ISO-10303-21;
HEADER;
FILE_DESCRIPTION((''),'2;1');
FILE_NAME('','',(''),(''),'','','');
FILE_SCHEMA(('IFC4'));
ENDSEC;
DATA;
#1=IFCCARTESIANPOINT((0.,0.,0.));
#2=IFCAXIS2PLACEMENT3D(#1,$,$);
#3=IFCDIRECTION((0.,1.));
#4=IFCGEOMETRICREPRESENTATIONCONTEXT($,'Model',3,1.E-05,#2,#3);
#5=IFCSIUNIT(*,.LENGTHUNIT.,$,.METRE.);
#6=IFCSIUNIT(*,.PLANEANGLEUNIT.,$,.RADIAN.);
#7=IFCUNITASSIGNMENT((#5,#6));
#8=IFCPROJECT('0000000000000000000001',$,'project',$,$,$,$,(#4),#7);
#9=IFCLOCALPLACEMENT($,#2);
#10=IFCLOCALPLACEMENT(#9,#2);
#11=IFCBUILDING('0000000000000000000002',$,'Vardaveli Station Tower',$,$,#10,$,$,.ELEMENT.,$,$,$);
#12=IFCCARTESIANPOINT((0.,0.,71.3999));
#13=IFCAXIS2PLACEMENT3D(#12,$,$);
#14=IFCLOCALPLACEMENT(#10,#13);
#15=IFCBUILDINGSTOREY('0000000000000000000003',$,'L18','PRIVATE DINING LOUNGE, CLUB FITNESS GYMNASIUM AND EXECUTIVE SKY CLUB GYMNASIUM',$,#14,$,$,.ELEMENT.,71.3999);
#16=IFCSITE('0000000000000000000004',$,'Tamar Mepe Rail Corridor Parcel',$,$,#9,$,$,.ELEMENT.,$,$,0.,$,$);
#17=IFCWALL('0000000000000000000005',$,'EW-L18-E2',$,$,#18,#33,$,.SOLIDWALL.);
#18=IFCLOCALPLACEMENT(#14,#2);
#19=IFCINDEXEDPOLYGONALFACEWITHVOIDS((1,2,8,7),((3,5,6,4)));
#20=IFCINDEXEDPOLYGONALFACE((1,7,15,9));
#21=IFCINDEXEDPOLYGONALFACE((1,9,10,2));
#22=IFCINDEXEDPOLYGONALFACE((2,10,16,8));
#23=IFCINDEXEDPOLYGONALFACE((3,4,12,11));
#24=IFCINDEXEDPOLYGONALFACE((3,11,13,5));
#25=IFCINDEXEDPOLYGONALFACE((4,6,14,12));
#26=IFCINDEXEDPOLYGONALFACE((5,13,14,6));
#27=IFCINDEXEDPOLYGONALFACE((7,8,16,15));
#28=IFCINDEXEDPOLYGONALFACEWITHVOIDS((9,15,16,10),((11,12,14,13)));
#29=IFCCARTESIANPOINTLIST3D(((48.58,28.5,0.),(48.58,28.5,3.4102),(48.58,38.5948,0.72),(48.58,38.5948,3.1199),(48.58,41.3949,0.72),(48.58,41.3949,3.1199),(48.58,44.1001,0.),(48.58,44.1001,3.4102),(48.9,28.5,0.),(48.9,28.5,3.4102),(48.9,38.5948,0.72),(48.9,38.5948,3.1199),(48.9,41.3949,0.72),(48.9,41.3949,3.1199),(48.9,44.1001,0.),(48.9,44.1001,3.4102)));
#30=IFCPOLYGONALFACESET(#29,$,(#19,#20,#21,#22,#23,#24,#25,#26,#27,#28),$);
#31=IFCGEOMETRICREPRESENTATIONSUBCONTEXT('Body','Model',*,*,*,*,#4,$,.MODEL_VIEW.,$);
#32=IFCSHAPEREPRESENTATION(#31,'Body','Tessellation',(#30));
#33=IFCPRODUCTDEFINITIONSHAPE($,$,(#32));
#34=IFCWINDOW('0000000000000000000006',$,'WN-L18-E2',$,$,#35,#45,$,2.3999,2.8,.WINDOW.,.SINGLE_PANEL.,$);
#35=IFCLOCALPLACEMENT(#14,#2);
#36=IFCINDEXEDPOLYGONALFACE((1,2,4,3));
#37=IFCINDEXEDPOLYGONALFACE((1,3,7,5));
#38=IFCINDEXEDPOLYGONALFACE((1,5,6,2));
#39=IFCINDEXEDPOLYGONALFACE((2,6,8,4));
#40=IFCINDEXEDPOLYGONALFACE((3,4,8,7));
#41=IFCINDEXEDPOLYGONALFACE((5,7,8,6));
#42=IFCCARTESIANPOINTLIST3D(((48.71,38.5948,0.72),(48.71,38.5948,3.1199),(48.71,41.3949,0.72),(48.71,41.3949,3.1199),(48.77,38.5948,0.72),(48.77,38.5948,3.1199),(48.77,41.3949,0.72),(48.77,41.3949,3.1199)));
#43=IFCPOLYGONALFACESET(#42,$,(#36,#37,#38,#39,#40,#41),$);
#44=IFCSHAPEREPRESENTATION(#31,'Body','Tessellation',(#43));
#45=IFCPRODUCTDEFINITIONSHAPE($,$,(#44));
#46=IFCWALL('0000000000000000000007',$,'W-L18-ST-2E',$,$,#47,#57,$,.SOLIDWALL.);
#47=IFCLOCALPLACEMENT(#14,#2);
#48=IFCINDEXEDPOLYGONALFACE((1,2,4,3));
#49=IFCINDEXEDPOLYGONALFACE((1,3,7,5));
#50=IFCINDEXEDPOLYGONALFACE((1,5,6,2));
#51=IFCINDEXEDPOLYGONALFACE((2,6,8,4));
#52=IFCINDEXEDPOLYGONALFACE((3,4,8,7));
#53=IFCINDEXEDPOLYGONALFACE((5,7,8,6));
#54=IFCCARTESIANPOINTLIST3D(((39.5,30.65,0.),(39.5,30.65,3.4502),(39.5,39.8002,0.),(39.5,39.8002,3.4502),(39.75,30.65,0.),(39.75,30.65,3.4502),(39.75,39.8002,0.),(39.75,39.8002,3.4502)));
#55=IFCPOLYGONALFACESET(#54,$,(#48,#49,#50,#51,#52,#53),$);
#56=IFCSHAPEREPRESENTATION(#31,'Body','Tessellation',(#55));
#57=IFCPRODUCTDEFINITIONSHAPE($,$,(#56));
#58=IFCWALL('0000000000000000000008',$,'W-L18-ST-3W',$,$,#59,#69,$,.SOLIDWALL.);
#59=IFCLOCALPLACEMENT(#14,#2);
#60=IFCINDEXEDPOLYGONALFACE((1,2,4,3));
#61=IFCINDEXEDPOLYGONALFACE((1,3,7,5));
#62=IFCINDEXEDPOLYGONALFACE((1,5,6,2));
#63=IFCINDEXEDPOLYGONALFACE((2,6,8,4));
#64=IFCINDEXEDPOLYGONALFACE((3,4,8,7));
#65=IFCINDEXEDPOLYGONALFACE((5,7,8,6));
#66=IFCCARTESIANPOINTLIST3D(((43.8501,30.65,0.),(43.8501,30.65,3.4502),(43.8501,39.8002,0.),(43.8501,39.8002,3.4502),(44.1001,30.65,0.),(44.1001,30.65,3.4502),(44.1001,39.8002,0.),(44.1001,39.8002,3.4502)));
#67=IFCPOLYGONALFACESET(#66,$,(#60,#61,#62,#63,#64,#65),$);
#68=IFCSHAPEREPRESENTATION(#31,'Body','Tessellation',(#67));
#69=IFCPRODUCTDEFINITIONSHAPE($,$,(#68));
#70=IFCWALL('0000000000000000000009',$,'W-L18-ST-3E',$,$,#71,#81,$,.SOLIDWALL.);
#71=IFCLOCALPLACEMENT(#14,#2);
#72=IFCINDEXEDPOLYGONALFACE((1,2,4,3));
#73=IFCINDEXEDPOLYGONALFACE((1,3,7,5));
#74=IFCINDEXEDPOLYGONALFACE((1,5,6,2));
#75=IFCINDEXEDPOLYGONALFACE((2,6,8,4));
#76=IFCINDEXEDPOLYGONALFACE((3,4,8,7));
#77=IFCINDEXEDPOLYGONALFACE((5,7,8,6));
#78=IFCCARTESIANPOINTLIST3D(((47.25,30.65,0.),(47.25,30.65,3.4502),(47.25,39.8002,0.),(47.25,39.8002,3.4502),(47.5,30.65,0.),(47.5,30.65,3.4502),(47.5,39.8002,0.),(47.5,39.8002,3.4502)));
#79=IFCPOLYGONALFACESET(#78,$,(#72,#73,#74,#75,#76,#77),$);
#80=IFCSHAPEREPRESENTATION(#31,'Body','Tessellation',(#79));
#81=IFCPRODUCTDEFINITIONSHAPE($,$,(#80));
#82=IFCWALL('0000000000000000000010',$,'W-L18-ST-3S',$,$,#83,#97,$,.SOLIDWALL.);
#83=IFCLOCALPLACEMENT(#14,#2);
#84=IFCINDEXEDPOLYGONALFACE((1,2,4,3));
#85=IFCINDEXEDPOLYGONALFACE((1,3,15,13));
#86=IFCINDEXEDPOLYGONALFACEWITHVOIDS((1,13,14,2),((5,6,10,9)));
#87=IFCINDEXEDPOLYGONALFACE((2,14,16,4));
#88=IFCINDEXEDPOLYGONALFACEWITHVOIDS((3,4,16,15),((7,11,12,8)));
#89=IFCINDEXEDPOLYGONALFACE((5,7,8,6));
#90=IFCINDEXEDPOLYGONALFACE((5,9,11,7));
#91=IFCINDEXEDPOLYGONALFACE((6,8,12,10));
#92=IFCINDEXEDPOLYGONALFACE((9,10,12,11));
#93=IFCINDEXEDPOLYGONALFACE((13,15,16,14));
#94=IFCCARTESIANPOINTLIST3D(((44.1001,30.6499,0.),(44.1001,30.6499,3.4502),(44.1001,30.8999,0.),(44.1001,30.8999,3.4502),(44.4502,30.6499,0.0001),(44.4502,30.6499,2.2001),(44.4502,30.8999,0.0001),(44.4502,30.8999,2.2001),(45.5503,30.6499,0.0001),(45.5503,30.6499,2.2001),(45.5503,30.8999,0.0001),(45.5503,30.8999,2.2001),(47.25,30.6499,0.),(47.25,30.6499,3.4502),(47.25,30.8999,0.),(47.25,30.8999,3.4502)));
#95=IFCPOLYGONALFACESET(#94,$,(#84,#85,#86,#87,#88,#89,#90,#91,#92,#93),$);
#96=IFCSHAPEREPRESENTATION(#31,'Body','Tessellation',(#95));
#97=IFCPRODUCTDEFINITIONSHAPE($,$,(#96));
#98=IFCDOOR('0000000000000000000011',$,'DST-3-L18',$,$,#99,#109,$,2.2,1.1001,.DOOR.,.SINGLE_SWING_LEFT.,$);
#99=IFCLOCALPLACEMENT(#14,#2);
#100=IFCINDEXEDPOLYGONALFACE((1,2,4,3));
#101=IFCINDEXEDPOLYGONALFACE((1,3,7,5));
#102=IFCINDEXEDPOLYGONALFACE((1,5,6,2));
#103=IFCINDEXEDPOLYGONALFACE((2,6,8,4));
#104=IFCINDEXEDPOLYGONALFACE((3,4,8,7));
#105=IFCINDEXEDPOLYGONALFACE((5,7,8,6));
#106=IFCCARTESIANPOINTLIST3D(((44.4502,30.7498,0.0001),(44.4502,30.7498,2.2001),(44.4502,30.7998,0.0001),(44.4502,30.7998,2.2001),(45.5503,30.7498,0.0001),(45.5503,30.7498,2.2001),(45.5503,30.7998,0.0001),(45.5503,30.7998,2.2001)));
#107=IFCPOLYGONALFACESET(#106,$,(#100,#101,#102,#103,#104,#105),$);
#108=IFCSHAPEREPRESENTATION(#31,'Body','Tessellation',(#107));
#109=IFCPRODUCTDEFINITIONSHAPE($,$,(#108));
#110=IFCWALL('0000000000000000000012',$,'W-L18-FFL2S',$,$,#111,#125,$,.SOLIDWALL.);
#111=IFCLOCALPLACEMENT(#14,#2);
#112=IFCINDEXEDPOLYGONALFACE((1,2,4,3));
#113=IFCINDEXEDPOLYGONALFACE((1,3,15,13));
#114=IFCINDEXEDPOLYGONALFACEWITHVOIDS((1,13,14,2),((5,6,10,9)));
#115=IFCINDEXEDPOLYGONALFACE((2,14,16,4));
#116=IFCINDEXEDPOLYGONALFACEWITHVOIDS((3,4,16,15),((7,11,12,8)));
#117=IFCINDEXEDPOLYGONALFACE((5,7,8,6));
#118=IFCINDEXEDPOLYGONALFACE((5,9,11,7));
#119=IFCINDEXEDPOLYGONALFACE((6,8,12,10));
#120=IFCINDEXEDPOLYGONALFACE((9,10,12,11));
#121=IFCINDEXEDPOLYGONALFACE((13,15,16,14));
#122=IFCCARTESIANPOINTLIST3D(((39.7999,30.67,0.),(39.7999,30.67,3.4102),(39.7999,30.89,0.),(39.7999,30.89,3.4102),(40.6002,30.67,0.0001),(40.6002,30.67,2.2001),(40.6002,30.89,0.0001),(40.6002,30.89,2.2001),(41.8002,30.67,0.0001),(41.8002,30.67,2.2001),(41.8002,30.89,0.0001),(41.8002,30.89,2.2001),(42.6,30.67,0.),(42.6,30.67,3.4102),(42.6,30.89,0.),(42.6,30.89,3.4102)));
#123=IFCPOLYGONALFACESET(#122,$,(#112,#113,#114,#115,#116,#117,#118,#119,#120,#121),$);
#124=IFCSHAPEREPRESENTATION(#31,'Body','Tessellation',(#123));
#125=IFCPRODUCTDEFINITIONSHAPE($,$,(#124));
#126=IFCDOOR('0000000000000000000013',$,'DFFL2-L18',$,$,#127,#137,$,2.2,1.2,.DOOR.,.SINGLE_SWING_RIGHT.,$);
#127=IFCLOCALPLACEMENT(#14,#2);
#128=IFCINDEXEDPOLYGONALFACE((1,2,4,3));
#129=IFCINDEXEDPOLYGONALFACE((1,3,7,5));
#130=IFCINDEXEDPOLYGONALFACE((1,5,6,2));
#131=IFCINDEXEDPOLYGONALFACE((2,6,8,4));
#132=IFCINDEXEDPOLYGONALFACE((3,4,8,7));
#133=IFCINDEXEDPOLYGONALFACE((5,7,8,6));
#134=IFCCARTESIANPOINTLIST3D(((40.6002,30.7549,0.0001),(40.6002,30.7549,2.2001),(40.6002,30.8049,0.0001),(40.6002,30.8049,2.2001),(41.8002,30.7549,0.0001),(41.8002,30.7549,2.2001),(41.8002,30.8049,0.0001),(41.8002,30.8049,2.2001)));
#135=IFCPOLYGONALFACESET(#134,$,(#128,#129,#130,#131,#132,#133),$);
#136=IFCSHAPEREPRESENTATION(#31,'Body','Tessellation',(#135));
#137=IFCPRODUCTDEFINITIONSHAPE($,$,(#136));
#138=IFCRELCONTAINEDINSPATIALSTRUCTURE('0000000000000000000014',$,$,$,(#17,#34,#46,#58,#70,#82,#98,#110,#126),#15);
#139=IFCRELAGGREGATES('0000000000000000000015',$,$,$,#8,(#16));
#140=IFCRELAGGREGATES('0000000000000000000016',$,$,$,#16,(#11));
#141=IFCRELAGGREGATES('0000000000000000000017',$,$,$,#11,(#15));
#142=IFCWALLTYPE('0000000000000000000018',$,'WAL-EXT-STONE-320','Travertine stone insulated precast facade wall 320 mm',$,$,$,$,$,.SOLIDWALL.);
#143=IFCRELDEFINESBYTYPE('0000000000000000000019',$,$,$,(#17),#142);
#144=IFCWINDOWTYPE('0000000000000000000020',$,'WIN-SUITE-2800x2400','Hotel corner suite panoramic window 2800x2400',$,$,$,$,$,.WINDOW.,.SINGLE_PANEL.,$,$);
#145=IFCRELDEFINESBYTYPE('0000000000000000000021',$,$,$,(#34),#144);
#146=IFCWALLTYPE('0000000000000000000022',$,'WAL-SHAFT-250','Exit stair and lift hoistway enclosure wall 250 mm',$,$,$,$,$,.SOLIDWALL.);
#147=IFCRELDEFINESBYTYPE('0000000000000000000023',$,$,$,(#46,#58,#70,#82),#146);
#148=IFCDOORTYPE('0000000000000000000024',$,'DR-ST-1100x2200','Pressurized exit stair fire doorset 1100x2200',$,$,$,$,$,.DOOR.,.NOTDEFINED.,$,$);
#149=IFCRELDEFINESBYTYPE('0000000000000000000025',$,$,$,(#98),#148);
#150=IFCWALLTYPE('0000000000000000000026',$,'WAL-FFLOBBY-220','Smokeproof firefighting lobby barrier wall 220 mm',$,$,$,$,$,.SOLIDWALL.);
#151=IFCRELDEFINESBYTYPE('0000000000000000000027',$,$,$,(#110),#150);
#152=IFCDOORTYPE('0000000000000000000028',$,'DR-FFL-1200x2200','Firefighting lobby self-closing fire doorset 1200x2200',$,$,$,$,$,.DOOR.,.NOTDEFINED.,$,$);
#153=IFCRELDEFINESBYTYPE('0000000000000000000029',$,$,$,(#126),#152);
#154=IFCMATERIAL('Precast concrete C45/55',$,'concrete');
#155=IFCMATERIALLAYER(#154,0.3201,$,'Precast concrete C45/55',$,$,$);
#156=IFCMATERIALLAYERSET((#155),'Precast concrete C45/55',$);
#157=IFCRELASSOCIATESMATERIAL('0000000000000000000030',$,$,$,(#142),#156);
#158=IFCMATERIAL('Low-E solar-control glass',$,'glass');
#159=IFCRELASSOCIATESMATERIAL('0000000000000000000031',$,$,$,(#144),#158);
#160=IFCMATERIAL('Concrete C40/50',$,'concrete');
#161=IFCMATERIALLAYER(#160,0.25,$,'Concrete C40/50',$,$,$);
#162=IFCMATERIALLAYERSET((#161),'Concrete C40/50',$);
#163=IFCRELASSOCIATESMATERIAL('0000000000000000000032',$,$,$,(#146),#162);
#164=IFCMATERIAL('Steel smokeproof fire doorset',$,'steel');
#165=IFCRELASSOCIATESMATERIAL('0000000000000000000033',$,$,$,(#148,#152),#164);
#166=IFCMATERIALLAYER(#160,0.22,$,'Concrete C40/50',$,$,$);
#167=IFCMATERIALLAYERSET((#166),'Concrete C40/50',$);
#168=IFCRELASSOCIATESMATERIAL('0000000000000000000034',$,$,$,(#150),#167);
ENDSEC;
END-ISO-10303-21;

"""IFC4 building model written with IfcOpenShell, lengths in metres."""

from ifc_helpers import new_model, si_unit, direction, frame, frame_2d, origin, place, context, subcontext, project, spatial, rectangle, extrude, source, transform, mapped, material, layer, layer_set, type_object, element, fill, save


model = new_model("IFC4")

# Units and contexts
model_context = context("Model", 3, precision=1e-05, world=origin(), true_north=direction((0.0, 1.0)))
body_context = subcontext(model_context, "Body", "Model", "MODEL_VIEW")
ifc_project = project(units=[si_unit("LENGTHUNIT", "METRE"), si_unit("PLANEANGLEUNIT", "RADIAN")], contexts=[model_context])

# Site, building, storey
site_placement = place(None, origin())
site = spatial("IfcSite", under=ifc_project, at=site_placement, Name="Tamar Mepe Rail Corridor Parcel", CompositionType="ELEMENT", RefElevation=0.0)
building_placement = place(site_placement, origin())
building = spatial("IfcBuilding", under=site, at=building_placement, Name="Vardaveli Station Tower", CompositionType="ELEMENT")
storey_placement = place(building_placement, frame((0.0, 0.0, 71.3999)))
storey = spatial("IfcBuildingStorey", under=building, at=storey_placement, Name="L18", Description="PRIVATE DINING LOUNGE, CLUB FITNESS GYMNASIUM AND EXECUTIVE SKY CLUB GYMNASIUM", CompositionType="ELEMENT", Elevation=71.3999)

# Shared definitions
ifc_material_1 = material(Name="Precast concrete C45/55", Category="concrete")

# Wall, opening, window
ifc_layer_1 = layer(ifc_material_1, 0.3201, Name="Precast concrete C45/55")
ifc_layer_set_1 = layer_set([ifc_layer_1], Name="Precast concrete C45/55")
wall_type_1 = type_object("IfcWallType", Name="WAL-EXT-STONE-320", Description="Travertine stone insulated precast facade wall 320 mm", PredefinedType="SOLIDWALL", material=ifc_layer_set_1)
shared_shape_1 = source(origin(), body_context, "Body", "SweptSolid", [
    extrude(rectangle(XDim=15.6001, YDim=0.3201, at=frame_2d((7.8, 0.0))), origin(), (0.0, 0.0, 1.0), 3.4102),
])
wall_1_placement = place(storey_placement, frame((48.74, 28.5, 0.0), z_axis=(0.0, 0.0, 1.0), x_axis=(0.0, 1.0, 0.0)))
wall_1 = element("IfcWall", 1, at=wall_1_placement, inside=storey, type_object=wall_type_1, Name="EW-L18-E2", PredefinedType="SOLIDWALL", context=body_context, shape_type="MappedRepresentation", body=[
    mapped(shared_shape_1, transform((0.0, 0.0, 0.0), scale=1.0)),
])
shared_shape_2 = source(origin(), body_context, "Body", "SweptSolid", [
    extrude(rectangle(XDim=2.8, YDim=2.3999, at=frame_2d((1.3999, 1.2))), frame((0.0, 0.1699, 0.0), z_axis=(0.0, -1.0, 0.0), x_axis=(1.0, 0.0, 0.0)), (0.0, 0.0, 1.0), 0.3401),
])
opening_1_placement = place(wall_1_placement, frame((10.095, 0.0, 0.72)))
opening_1 = element("IfcOpeningElement", 2, at=opening_1_placement, cuts=wall_1, PredefinedType="OPENING", context=body_context, shape_type="MappedRepresentation", body=[
    mapped(shared_shape_2, transform((0.0, 0.0, 0.0), scale=1.0)),
])
ifc_material_2 = material(Name="Low-E solar-control glass", Category="glass")
window_type = type_object("IfcWindowType", Name="WIN-SUITE-2800x2400", Description="Hotel corner suite panoramic window 2800x2400", PartitioningType="SINGLE_PANEL", PredefinedType="WINDOW", material=ifc_material_2)
shared_shape_3 = source(origin(), body_context, "Body", "SweptSolid", [
    extrude(rectangle(XDim=2.8, YDim=2.3999, at=frame_2d((1.3999, 1.2))), frame((0.0, 0.03, 0.0), z_axis=(0.0, -1.0, 0.0), x_axis=(1.0, 0.0, 0.0)), (0.0, 0.0, 1.0), 0.0601),
])
window_placement = place(opening_1_placement, origin())
window = element("IfcWindow", 3, at=window_placement, inside=storey, type_object=window_type, Name="WN-L18-E2", OverallHeight=2.3999, OverallWidth=2.8, PartitioningType="SINGLE_PANEL", PredefinedType="WINDOW", context=body_context, shape_type="MappedRepresentation", body=[
    mapped(shared_shape_3, transform((0.0, 0.0, 0.0), scale=1.0)),
])
fill(opening_1, window)

# Walls
ifc_material_3 = material(Name="Concrete C40/50", Category="concrete")
ifc_layer_2 = layer(ifc_material_3, 0.25, Name="Concrete C40/50")
ifc_layer_set_2 = layer_set([ifc_layer_2], Name="Concrete C40/50")
wall_type_2 = type_object("IfcWallType", Name="WAL-SHAFT-250", Description="Exit stair and lift hoistway enclosure wall 250 mm", PredefinedType="SOLIDWALL", material=ifc_layer_set_2)
shared_shape_4 = source(origin(), body_context, "Body", "SweptSolid", [
    extrude(rectangle(XDim=9.1501, YDim=0.25, at=frame_2d((4.5752, 0.0))), origin(), (0.0, 0.0, 1.0), 3.4502),
])
for number, where, z_axis, x_axis, name in (
    (4, (39.625, 30.6499, 0.0), (0.0, 0.0, 1.0), (0.0, 1.0, 0.0), "W-L18-ST-2E"),
    (5, (43.9751, 30.6499, 0.0), (0.0, 0.0, 1.0), (0.0, 1.0, 0.0), "W-L18-ST-3W"),
    (6, (47.375, 30.6499, 0.0), (0.0, 0.0, 1.0), (0.0, 1.0, 0.0), "W-L18-ST-3E"),
):
    element("IfcWall", number, at=place(storey_placement, frame(where, z_axis=z_axis, x_axis=x_axis)), inside=storey, type_object=wall_type_2, Name=name, PredefinedType="SOLIDWALL", context=body_context, shape_type="MappedRepresentation", body=[
        mapped(shared_shape_4, transform((0.0, 0.0, 0.0), scale=1.0)),
    ])

# Walls, openings, doors
shared_shape_5 = source(origin(), body_context, "Body", "SweptSolid", [
    extrude(rectangle(XDim=3.1499, YDim=0.25, at=frame_2d((1.575, 0.0))), origin(), (0.0, 0.0, 1.0), 3.4502),
])
wall_2_placement = place(storey_placement, frame((44.1001, 30.7749, 0.0), z_axis=(0.0, 0.0, 1.0), x_axis=(1.0, 0.0, 0.0)))
wall_2 = element("IfcWall", 7, at=wall_2_placement, inside=storey, type_object=wall_type_2, Name="W-L18-ST-3S", PredefinedType="SOLIDWALL", context=body_context, shape_type="MappedRepresentation", body=[
    mapped(shared_shape_5, transform((0.0, 0.0, 0.0), scale=1.0)),
])
shared_shape_6 = source(origin(), body_context, "Body", "SweptSolid", [
    extrude(rectangle(XDim=1.1001, YDim=2.2, at=frame_2d((0.55, 1.1001))), frame((0.0, 0.135, 0.0), z_axis=(0.0, -1.0, 0.0), x_axis=(1.0, 0.0, 0.0)), (0.0, 0.0, 1.0), 0.27),
])
opening_2_placement = place(wall_2_placement, frame((0.3501, 0.0, 0.0)))
opening_2 = element("IfcOpeningElement", 8, at=opening_2_placement, cuts=wall_2, PredefinedType="OPENING", context=body_context, shape_type="MappedRepresentation", body=[
    mapped(shared_shape_6, transform((0.0, 0.0, 0.0), scale=1.0)),
])
ifc_material_4 = material(Name="Steel smokeproof fire doorset", Category="steel")
door_type_1 = type_object("IfcDoorType", Name="DR-ST-1100x2200", Description="Pressurized exit stair fire doorset 1100x2200", OperationType="NOTDEFINED", PredefinedType="DOOR", material=ifc_material_4)
shared_shape_7 = source(origin(), body_context, "Body", "SweptSolid", [
    extrude(rectangle(XDim=1.1001, YDim=2.2, at=frame_2d((0.55, 1.1001))), frame((0.0, 0.0249, 0.0), z_axis=(0.0, -1.0, 0.0), x_axis=(1.0, 0.0, 0.0)), (0.0, 0.0, 1.0), 0.05),
])
door_1_placement = place(opening_2_placement, origin())
door_1 = element("IfcDoor", 9, at=door_1_placement, inside=storey, type_object=door_type_1, Name="DST-3-L18", OperationType="SINGLE_SWING_LEFT", OverallHeight=2.2, OverallWidth=1.1001, PredefinedType="DOOR", context=body_context, shape_type="MappedRepresentation", body=[
    mapped(shared_shape_7, transform((0.0, 0.0, 0.0), scale=1.0)),
])
fill(opening_2, door_1)
ifc_layer_3 = layer(ifc_material_3, 0.22, Name="Concrete C40/50")
ifc_layer_set_3 = layer_set([ifc_layer_3], Name="Concrete C40/50")
wall_type_3 = type_object("IfcWallType", Name="WAL-FFLOBBY-220", Description="Smokeproof firefighting lobby barrier wall 220 mm", PredefinedType="SOLIDWALL", material=ifc_layer_set_3)
shared_shape_8 = source(origin(), body_context, "Body", "SweptSolid", [
    extrude(rectangle(XDim=2.8, YDim=0.22, at=frame_2d((1.3999, 0.0))), origin(), (0.0, 0.0, 1.0), 3.4102),
])
wall_3_placement = place(storey_placement, frame((39.8, 30.78, 0.0), z_axis=(0.0, 0.0, 1.0), x_axis=(1.0, 0.0, 0.0)))
wall_3 = element("IfcWall", 10, at=wall_3_placement, inside=storey, type_object=wall_type_3, Name="W-L18-FFL2S", PredefinedType="SOLIDWALL", context=body_context, shape_type="MappedRepresentation", body=[
    mapped(shared_shape_8, transform((0.0, 0.0, 0.0), scale=1.0)),
])
shared_shape_9 = source(origin(), body_context, "Body", "SweptSolid", [
    extrude(rectangle(XDim=1.2, YDim=2.2, at=frame_2d((0.6001, 1.1001))), frame((0.0, 0.1201, 0.0), z_axis=(0.0, -1.0, 0.0), x_axis=(1.0, 0.0, 0.0)), (0.0, 0.0, 1.0), 0.24),
])
opening_3_placement = place(wall_3_placement, frame((0.8, 0.0, 0.0)))
opening_3 = element("IfcOpeningElement", 11, at=opening_3_placement, cuts=wall_3, PredefinedType="OPENING", context=body_context, shape_type="MappedRepresentation", body=[
    mapped(shared_shape_9, transform((0.0, 0.0, 0.0), scale=1.0)),
])
door_type_2 = type_object("IfcDoorType", Name="DR-FFL-1200x2200", Description="Firefighting lobby self-closing fire doorset 1200x2200", OperationType="NOTDEFINED", PredefinedType="DOOR", material=ifc_material_4)
shared_shape_10 = source(origin(), body_context, "Body", "SweptSolid", [
    extrude(rectangle(XDim=1.2, YDim=2.2, at=frame_2d((0.6001, 1.1001))), frame((0.0, 0.0249, 0.0), z_axis=(0.0, -1.0, 0.0), x_axis=(1.0, 0.0, 0.0)), (0.0, 0.0, 1.0), 0.05),
])
door_2_placement = place(opening_3_placement, origin())
door_2 = element("IfcDoor", 12, at=door_2_placement, inside=storey, type_object=door_type_2, Name="DFFL2-L18", OperationType="SINGLE_SWING_RIGHT", OverallHeight=2.2, OverallWidth=1.2, PredefinedType="DOOR", context=body_context, shape_type="MappedRepresentation", body=[
    mapped(shared_shape_10, transform((0.0, 0.0, 0.0), scale=1.0)),
])
fill(opening_3, door_2)

save(model, "model.ifc")
